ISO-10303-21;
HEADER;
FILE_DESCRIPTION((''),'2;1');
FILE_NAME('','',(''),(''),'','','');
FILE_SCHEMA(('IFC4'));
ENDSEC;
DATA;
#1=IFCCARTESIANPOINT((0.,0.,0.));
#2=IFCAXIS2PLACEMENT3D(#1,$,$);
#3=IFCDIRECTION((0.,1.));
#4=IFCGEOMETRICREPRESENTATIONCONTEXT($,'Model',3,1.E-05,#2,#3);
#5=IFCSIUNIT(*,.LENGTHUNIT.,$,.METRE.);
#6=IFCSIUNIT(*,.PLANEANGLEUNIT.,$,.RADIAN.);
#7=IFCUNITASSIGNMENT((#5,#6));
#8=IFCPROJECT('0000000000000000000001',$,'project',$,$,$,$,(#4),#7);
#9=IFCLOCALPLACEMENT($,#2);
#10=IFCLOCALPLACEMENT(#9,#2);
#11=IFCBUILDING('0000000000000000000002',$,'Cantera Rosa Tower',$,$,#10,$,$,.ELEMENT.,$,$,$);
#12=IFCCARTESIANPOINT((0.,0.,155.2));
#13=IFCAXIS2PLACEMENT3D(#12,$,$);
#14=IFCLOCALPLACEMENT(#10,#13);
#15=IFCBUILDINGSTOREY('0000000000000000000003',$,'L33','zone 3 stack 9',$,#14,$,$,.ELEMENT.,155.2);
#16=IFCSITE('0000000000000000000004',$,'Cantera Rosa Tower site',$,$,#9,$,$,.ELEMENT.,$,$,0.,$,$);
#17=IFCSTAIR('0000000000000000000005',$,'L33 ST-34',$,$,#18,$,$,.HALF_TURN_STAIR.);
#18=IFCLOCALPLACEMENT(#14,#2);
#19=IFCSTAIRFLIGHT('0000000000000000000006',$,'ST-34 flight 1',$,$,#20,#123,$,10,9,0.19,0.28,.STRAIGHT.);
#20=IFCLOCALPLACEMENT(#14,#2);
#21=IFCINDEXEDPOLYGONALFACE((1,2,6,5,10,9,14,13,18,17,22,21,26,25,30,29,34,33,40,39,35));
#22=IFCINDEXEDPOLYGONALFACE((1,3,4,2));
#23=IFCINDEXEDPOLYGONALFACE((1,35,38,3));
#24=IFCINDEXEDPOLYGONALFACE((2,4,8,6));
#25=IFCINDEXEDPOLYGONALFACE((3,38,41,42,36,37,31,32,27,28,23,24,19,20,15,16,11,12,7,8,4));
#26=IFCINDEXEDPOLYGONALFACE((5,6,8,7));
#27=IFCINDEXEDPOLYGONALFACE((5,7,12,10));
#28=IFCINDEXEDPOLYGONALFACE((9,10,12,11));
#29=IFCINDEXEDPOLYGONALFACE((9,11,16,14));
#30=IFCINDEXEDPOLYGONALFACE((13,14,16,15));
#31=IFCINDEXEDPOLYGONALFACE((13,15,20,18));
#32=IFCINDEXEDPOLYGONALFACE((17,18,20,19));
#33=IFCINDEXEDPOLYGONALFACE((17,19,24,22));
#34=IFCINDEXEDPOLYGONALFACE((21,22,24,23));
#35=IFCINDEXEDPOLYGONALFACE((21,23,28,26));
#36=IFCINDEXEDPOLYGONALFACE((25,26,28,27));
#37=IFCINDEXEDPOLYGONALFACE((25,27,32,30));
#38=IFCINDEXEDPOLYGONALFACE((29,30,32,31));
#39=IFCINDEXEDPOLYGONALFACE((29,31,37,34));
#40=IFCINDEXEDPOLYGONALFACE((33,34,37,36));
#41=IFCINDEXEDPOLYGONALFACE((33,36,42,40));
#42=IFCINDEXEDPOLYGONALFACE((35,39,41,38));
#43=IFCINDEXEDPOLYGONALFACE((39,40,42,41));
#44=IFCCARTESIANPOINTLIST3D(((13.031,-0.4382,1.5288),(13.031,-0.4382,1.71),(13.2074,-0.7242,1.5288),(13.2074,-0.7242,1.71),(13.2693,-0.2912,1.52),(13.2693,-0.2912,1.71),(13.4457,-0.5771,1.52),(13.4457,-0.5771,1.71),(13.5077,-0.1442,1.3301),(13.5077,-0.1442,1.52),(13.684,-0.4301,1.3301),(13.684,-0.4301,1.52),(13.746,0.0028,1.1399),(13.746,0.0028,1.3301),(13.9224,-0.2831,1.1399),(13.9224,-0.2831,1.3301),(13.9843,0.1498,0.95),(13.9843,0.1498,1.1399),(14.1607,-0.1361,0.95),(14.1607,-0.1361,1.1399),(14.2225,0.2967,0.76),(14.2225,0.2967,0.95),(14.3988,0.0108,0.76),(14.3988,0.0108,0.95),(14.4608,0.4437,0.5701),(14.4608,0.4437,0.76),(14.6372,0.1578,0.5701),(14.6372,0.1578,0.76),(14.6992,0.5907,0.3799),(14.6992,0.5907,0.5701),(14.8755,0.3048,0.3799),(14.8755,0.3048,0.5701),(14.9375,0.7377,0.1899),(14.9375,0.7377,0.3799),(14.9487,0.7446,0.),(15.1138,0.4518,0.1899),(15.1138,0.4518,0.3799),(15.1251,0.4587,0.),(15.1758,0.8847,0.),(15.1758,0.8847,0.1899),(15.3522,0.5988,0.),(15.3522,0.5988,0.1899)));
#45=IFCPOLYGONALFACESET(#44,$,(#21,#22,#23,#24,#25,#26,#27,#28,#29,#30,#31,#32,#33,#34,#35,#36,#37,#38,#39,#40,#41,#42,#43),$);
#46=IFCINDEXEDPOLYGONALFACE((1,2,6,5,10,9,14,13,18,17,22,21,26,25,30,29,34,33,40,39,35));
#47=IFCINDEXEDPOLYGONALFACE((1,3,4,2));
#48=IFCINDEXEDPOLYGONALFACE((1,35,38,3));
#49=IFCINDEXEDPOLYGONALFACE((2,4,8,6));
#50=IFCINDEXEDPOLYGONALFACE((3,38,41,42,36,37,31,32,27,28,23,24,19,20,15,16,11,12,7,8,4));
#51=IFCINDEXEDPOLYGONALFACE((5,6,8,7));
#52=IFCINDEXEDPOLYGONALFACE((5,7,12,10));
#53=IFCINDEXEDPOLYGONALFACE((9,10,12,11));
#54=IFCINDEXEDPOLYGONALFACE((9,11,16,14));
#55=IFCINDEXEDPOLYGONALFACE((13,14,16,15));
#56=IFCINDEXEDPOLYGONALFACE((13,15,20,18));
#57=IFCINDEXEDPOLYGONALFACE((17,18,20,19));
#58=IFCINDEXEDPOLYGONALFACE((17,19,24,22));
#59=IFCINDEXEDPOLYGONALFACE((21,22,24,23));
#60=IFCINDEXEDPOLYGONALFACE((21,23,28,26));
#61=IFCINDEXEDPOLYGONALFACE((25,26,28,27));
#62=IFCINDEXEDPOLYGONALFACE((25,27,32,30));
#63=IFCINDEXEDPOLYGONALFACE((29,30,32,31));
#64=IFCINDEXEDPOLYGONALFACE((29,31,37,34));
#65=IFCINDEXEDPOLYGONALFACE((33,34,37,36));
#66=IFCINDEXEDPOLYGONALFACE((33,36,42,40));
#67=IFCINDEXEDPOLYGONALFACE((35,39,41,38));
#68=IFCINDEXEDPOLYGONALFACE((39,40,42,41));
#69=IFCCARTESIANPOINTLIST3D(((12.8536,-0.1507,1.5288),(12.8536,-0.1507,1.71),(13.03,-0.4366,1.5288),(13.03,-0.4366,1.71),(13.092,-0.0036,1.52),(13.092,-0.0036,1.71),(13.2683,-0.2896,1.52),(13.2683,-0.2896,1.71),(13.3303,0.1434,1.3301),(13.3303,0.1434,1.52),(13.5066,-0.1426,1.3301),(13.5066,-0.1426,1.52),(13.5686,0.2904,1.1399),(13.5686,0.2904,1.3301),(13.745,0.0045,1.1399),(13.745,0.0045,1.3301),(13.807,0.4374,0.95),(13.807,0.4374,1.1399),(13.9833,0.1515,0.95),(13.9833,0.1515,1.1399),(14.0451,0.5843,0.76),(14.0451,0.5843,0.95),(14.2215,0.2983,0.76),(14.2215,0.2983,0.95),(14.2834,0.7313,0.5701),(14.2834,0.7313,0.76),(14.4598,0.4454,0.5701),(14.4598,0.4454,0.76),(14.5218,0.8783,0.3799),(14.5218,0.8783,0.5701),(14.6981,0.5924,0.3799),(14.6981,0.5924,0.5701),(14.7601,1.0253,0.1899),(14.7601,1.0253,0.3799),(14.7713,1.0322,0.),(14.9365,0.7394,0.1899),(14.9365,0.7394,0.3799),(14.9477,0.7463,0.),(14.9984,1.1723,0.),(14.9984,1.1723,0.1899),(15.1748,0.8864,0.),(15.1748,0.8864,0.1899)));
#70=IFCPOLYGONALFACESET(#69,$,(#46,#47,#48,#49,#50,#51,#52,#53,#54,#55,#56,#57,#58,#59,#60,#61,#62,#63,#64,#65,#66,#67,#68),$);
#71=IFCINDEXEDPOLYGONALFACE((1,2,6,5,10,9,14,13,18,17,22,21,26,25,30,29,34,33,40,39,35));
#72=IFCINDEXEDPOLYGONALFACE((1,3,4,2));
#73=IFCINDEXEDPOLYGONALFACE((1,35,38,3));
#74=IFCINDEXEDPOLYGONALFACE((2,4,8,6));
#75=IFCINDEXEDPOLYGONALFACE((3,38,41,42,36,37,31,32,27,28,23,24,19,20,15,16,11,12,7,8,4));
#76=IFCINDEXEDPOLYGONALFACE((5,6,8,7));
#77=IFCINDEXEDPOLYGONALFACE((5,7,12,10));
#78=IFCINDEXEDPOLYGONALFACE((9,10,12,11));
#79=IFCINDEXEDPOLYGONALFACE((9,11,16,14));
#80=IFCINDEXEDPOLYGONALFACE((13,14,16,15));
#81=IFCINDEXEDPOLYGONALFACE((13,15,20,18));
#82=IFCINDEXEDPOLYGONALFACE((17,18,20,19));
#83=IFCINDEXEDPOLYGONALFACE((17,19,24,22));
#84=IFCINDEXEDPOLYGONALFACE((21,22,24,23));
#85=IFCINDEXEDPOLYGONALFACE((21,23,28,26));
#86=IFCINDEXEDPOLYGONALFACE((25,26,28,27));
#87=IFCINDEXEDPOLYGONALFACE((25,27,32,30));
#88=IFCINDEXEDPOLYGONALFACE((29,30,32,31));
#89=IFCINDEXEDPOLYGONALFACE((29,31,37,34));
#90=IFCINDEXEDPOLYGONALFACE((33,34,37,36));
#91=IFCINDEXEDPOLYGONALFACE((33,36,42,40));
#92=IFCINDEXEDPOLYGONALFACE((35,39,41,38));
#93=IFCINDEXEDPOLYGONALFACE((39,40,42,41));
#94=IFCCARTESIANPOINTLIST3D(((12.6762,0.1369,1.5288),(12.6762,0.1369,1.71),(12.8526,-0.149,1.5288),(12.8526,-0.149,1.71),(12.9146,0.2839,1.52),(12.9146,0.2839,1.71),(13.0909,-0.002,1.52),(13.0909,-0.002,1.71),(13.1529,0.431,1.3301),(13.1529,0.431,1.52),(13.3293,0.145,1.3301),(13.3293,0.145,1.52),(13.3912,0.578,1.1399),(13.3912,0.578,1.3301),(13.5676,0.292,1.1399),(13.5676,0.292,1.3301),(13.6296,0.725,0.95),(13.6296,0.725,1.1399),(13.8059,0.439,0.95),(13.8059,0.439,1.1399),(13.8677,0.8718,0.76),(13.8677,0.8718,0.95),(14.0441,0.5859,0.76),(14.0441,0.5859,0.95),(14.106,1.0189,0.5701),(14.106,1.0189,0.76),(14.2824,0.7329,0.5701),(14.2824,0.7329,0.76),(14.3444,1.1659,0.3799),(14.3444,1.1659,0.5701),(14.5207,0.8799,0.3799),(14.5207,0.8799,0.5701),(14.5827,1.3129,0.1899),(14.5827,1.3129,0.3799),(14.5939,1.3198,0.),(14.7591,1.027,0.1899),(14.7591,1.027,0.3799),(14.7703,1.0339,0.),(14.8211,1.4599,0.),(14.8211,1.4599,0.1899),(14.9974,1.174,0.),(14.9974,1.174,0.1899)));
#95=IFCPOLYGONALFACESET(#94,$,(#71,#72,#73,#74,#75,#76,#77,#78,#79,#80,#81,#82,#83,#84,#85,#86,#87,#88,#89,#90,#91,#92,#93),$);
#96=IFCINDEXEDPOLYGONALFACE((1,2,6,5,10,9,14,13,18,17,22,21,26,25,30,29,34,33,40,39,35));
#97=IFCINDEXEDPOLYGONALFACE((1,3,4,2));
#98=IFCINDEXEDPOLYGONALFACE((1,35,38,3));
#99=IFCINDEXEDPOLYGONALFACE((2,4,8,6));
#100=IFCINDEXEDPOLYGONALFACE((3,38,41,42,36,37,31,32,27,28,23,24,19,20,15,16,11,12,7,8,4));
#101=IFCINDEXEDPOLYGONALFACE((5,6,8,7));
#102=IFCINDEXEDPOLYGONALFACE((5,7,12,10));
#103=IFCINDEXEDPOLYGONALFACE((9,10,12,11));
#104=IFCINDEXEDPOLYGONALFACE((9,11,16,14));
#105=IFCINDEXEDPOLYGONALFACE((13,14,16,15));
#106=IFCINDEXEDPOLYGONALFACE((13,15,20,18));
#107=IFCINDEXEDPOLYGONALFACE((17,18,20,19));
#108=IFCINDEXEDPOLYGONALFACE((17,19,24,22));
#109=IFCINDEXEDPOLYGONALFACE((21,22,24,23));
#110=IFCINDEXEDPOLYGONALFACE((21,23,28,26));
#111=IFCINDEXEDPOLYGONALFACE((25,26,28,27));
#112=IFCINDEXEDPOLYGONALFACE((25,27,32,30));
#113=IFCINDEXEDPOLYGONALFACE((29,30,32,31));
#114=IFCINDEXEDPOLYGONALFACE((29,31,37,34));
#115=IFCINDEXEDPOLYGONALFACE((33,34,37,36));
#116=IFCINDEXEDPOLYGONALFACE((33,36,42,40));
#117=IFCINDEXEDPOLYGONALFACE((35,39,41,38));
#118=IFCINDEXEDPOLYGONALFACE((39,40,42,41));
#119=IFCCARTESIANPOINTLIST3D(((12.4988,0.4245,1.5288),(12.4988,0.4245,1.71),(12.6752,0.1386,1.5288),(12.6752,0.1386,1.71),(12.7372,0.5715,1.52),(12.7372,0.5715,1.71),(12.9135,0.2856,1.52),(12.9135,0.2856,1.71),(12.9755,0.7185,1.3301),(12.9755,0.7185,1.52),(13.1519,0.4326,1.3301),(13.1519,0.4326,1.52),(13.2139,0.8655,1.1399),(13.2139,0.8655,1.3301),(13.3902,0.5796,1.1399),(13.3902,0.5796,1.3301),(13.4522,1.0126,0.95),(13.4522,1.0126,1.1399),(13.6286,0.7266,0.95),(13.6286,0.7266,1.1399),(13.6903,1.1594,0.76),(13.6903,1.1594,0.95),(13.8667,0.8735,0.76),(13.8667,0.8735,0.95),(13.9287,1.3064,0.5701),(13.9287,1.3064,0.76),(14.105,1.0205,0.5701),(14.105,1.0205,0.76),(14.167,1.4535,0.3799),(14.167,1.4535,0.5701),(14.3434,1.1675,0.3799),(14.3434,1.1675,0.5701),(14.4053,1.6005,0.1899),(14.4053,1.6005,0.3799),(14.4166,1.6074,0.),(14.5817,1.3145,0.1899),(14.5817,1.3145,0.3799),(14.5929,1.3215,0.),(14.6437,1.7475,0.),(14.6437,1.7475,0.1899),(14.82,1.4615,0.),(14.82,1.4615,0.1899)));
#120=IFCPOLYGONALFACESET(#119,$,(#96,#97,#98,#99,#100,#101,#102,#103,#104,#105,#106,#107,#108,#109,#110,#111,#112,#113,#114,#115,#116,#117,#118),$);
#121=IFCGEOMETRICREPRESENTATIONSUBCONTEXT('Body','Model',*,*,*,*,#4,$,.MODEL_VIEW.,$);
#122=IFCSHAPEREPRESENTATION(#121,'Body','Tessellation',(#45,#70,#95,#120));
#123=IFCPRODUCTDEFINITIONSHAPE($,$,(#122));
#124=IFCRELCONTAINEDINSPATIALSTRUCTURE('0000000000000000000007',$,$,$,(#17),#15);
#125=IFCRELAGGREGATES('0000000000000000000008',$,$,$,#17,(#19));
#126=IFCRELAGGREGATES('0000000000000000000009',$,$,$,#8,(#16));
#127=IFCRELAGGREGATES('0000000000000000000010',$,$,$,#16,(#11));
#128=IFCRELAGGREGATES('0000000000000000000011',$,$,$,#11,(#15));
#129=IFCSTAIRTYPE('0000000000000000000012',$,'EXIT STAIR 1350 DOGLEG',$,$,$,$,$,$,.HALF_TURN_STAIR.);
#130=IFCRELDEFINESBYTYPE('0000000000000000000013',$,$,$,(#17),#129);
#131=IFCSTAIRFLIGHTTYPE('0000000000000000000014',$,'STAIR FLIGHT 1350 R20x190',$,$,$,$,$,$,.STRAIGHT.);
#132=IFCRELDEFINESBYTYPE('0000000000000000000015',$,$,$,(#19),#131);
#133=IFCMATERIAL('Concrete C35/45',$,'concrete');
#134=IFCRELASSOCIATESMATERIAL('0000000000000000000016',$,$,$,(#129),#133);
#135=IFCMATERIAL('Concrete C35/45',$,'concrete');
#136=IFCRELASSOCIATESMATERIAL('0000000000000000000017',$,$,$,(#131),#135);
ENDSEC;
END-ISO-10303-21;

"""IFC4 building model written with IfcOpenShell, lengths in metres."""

from ifc_helpers import new_model, si_unit, direction, frame, origin, place, context, subcontext, project, spatial, polyline, outline, extrude, material, type_object, element, aggregate, save


model = new_model("IFC4")

# Units and contexts
model_context = context("Model", 3, precision=1e-05, world=origin(), true_north=direction((0.0, 1.0)))
body_context = subcontext(model_context, "Body", "Model", "MODEL_VIEW")
ifc_project = project(units=[si_unit("LENGTHUNIT", "METRE"), si_unit("PLANEANGLEUNIT", "RADIAN")], contexts=[model_context])

# Site, building, storey
site_placement = place(None, origin())
site = spatial("IfcSite", under=ifc_project, at=site_placement, Name="Cantera Rosa Tower site", CompositionType="ELEMENT", RefElevation=0.0)
building_placement = place(site_placement, origin())
building = spatial("IfcBuilding", under=site, at=building_placement, Name="Cantera Rosa Tower", CompositionType="ELEMENT")
storey_placement = place(building_placement, frame((0.0, 0.0, 155.2)))
storey = spatial("IfcBuildingStorey", under=building, at=storey_placement, Name="L33", Description="zone 3 stack 9", CompositionType="ELEMENT", Elevation=155.2)

# Stair, stair flight
ifc_material_1 = material(Name="Concrete C35/45", Category="concrete")
stair_type = type_object("IfcStairType", Name="EXIT STAIR 1350 DOGLEG", PredefinedType="HALF_TURN_STAIR", material=ifc_material_1)
ifc_material_2 = material(Name="Concrete C35/45", Category="concrete")
stair_flight_type = type_object("IfcStairFlightType", Name="STAIR FLIGHT 1350 R20x190", PredefinedType="STRAIGHT", material=ifc_material_2)
stair_1_placement = place(storey_placement, origin())
stair_1 = element("IfcStair", 1, at=stair_1_placement, inside=storey, type_object=stair_type, Name="L33 ST-34", PredefinedType="HALF_TURN_STAIR")
stair_flight_1_placement = place(storey_placement, frame((14.9978, 1.1733, 0.0), z_axis=(0.0, 0.0, 1.0), x_axis=(-0.851117, -0.524977, 0.0)))
stair_flight_1 = element("IfcStairFlight", 2, at=stair_flight_1_placement, type_object=stair_flight_type, Name="ST-34 flight 1", NumberOfRisers=10, NumberOfTreads=9, PredefinedType="STRAIGHT", RiserHeight=0.19, TreadLength=0.28, context=body_context, shape_type="SweptSolid", body=[
    extrude(outline(polyline([(0.0, 0.0), (0.0, 0.1899), (0.28, 0.1899), (0.28, 0.3799), (0.5601, 0.3799), (0.5601, 0.5701), (0.8401, 0.5701), (0.8401, 0.76), (1.1201, 0.76), (1.1201, 0.95), (1.3999, 0.95), (1.3999, 1.1399), (1.6799, 1.1399), (1.6799, 1.3301), (1.96, 1.3301), (1.96, 1.52), (2.24, 1.52), (2.24, 1.71), (2.52, 1.71), (2.52, 1.8999), (2.52, 1.5288), (0.2668, 0.0), (0.0, 0.0)])), frame((0.0, 0.675, 0.0), z_axis=(0.0, -1.0, 0.0), x_axis=(1.0, 0.0, 0.0)), (0.0, 0.0, 1.0), 0.3359),
    extrude(outline(polyline([(0.0, 0.0), (0.0, 0.1899), (0.28, 0.1899), (0.28, 0.3799), (0.5601, 0.3799), (0.5601, 0.5701), (0.8401, 0.5701), (0.8401, 0.76), (1.1201, 0.76), (1.1201, 0.95), (1.3999, 0.95), (1.3999, 1.1399), (1.6799, 1.1399), (1.6799, 1.3301), (1.96, 1.3301), (1.96, 1.52), (2.24, 1.52), (2.24, 1.71), (2.52, 1.71), (2.52, 1.8999), (2.52, 1.5288), (0.2668, 0.0), (0.0, 0.0)])), frame((0.0, 0.3372, 0.0), z_axis=(0.0, -1.0, 0.0), x_axis=(1.0, 0.0, 0.0)), (0.0, 0.0, 1.0), 0.3359),
    extrude(outline(polyline([(0.0, 0.0), (0.0, 0.1899), (0.28, 0.1899), (0.28, 0.3799), (0.5601, 0.3799), (0.5601, 0.5701), (0.8401, 0.5701), (0.8401, 0.76), (1.1201, 0.76), (1.1201, 0.95), (1.3999, 0.95), (1.3999, 1.1399), (1.6799, 1.1399), (1.6799, 1.3301), (1.96, 1.3301), (1.96, 1.52), (2.24, 1.52), (2.24, 1.71), (2.52, 1.71), (2.52, 1.8999), (2.52, 1.5288), (0.2668, 0.0), (0.0, 0.0)])), frame((0.0, -0.0007, 0.0), z_axis=(0.0, -1.0, 0.0), x_axis=(1.0, 0.0, 0.0)), (0.0, 0.0, 1.0), 0.3359),
    extrude(outline(polyline([(0.0, 0.0), (0.0, 0.1899), (0.28, 0.1899), (0.28, 0.3799), (0.5601, 0.3799), (0.5601, 0.5701), (0.8401, 0.5701), (0.8401, 0.76), (1.1201, 0.76), (1.1201, 0.95), (1.3999, 0.95), (1.3999, 1.1399), (1.6799, 1.1399), (1.6799, 1.3301), (1.96, 1.3301), (1.96, 1.52), (2.24, 1.52), (2.24, 1.71), (2.52, 1.71), (2.52, 1.8999), (2.52, 1.5288), (0.2668, 0.0), (0.0, 0.0)])), frame((0.0, -0.3386, 0.0), z_axis=(0.0, -1.0, 0.0), x_axis=(1.0, 0.0, 0.0)), (0.0, 0.0, 1.0), 0.3359),
])
aggregate(stair_1, [stair_flight_1])

save(model, "model.ifc")
